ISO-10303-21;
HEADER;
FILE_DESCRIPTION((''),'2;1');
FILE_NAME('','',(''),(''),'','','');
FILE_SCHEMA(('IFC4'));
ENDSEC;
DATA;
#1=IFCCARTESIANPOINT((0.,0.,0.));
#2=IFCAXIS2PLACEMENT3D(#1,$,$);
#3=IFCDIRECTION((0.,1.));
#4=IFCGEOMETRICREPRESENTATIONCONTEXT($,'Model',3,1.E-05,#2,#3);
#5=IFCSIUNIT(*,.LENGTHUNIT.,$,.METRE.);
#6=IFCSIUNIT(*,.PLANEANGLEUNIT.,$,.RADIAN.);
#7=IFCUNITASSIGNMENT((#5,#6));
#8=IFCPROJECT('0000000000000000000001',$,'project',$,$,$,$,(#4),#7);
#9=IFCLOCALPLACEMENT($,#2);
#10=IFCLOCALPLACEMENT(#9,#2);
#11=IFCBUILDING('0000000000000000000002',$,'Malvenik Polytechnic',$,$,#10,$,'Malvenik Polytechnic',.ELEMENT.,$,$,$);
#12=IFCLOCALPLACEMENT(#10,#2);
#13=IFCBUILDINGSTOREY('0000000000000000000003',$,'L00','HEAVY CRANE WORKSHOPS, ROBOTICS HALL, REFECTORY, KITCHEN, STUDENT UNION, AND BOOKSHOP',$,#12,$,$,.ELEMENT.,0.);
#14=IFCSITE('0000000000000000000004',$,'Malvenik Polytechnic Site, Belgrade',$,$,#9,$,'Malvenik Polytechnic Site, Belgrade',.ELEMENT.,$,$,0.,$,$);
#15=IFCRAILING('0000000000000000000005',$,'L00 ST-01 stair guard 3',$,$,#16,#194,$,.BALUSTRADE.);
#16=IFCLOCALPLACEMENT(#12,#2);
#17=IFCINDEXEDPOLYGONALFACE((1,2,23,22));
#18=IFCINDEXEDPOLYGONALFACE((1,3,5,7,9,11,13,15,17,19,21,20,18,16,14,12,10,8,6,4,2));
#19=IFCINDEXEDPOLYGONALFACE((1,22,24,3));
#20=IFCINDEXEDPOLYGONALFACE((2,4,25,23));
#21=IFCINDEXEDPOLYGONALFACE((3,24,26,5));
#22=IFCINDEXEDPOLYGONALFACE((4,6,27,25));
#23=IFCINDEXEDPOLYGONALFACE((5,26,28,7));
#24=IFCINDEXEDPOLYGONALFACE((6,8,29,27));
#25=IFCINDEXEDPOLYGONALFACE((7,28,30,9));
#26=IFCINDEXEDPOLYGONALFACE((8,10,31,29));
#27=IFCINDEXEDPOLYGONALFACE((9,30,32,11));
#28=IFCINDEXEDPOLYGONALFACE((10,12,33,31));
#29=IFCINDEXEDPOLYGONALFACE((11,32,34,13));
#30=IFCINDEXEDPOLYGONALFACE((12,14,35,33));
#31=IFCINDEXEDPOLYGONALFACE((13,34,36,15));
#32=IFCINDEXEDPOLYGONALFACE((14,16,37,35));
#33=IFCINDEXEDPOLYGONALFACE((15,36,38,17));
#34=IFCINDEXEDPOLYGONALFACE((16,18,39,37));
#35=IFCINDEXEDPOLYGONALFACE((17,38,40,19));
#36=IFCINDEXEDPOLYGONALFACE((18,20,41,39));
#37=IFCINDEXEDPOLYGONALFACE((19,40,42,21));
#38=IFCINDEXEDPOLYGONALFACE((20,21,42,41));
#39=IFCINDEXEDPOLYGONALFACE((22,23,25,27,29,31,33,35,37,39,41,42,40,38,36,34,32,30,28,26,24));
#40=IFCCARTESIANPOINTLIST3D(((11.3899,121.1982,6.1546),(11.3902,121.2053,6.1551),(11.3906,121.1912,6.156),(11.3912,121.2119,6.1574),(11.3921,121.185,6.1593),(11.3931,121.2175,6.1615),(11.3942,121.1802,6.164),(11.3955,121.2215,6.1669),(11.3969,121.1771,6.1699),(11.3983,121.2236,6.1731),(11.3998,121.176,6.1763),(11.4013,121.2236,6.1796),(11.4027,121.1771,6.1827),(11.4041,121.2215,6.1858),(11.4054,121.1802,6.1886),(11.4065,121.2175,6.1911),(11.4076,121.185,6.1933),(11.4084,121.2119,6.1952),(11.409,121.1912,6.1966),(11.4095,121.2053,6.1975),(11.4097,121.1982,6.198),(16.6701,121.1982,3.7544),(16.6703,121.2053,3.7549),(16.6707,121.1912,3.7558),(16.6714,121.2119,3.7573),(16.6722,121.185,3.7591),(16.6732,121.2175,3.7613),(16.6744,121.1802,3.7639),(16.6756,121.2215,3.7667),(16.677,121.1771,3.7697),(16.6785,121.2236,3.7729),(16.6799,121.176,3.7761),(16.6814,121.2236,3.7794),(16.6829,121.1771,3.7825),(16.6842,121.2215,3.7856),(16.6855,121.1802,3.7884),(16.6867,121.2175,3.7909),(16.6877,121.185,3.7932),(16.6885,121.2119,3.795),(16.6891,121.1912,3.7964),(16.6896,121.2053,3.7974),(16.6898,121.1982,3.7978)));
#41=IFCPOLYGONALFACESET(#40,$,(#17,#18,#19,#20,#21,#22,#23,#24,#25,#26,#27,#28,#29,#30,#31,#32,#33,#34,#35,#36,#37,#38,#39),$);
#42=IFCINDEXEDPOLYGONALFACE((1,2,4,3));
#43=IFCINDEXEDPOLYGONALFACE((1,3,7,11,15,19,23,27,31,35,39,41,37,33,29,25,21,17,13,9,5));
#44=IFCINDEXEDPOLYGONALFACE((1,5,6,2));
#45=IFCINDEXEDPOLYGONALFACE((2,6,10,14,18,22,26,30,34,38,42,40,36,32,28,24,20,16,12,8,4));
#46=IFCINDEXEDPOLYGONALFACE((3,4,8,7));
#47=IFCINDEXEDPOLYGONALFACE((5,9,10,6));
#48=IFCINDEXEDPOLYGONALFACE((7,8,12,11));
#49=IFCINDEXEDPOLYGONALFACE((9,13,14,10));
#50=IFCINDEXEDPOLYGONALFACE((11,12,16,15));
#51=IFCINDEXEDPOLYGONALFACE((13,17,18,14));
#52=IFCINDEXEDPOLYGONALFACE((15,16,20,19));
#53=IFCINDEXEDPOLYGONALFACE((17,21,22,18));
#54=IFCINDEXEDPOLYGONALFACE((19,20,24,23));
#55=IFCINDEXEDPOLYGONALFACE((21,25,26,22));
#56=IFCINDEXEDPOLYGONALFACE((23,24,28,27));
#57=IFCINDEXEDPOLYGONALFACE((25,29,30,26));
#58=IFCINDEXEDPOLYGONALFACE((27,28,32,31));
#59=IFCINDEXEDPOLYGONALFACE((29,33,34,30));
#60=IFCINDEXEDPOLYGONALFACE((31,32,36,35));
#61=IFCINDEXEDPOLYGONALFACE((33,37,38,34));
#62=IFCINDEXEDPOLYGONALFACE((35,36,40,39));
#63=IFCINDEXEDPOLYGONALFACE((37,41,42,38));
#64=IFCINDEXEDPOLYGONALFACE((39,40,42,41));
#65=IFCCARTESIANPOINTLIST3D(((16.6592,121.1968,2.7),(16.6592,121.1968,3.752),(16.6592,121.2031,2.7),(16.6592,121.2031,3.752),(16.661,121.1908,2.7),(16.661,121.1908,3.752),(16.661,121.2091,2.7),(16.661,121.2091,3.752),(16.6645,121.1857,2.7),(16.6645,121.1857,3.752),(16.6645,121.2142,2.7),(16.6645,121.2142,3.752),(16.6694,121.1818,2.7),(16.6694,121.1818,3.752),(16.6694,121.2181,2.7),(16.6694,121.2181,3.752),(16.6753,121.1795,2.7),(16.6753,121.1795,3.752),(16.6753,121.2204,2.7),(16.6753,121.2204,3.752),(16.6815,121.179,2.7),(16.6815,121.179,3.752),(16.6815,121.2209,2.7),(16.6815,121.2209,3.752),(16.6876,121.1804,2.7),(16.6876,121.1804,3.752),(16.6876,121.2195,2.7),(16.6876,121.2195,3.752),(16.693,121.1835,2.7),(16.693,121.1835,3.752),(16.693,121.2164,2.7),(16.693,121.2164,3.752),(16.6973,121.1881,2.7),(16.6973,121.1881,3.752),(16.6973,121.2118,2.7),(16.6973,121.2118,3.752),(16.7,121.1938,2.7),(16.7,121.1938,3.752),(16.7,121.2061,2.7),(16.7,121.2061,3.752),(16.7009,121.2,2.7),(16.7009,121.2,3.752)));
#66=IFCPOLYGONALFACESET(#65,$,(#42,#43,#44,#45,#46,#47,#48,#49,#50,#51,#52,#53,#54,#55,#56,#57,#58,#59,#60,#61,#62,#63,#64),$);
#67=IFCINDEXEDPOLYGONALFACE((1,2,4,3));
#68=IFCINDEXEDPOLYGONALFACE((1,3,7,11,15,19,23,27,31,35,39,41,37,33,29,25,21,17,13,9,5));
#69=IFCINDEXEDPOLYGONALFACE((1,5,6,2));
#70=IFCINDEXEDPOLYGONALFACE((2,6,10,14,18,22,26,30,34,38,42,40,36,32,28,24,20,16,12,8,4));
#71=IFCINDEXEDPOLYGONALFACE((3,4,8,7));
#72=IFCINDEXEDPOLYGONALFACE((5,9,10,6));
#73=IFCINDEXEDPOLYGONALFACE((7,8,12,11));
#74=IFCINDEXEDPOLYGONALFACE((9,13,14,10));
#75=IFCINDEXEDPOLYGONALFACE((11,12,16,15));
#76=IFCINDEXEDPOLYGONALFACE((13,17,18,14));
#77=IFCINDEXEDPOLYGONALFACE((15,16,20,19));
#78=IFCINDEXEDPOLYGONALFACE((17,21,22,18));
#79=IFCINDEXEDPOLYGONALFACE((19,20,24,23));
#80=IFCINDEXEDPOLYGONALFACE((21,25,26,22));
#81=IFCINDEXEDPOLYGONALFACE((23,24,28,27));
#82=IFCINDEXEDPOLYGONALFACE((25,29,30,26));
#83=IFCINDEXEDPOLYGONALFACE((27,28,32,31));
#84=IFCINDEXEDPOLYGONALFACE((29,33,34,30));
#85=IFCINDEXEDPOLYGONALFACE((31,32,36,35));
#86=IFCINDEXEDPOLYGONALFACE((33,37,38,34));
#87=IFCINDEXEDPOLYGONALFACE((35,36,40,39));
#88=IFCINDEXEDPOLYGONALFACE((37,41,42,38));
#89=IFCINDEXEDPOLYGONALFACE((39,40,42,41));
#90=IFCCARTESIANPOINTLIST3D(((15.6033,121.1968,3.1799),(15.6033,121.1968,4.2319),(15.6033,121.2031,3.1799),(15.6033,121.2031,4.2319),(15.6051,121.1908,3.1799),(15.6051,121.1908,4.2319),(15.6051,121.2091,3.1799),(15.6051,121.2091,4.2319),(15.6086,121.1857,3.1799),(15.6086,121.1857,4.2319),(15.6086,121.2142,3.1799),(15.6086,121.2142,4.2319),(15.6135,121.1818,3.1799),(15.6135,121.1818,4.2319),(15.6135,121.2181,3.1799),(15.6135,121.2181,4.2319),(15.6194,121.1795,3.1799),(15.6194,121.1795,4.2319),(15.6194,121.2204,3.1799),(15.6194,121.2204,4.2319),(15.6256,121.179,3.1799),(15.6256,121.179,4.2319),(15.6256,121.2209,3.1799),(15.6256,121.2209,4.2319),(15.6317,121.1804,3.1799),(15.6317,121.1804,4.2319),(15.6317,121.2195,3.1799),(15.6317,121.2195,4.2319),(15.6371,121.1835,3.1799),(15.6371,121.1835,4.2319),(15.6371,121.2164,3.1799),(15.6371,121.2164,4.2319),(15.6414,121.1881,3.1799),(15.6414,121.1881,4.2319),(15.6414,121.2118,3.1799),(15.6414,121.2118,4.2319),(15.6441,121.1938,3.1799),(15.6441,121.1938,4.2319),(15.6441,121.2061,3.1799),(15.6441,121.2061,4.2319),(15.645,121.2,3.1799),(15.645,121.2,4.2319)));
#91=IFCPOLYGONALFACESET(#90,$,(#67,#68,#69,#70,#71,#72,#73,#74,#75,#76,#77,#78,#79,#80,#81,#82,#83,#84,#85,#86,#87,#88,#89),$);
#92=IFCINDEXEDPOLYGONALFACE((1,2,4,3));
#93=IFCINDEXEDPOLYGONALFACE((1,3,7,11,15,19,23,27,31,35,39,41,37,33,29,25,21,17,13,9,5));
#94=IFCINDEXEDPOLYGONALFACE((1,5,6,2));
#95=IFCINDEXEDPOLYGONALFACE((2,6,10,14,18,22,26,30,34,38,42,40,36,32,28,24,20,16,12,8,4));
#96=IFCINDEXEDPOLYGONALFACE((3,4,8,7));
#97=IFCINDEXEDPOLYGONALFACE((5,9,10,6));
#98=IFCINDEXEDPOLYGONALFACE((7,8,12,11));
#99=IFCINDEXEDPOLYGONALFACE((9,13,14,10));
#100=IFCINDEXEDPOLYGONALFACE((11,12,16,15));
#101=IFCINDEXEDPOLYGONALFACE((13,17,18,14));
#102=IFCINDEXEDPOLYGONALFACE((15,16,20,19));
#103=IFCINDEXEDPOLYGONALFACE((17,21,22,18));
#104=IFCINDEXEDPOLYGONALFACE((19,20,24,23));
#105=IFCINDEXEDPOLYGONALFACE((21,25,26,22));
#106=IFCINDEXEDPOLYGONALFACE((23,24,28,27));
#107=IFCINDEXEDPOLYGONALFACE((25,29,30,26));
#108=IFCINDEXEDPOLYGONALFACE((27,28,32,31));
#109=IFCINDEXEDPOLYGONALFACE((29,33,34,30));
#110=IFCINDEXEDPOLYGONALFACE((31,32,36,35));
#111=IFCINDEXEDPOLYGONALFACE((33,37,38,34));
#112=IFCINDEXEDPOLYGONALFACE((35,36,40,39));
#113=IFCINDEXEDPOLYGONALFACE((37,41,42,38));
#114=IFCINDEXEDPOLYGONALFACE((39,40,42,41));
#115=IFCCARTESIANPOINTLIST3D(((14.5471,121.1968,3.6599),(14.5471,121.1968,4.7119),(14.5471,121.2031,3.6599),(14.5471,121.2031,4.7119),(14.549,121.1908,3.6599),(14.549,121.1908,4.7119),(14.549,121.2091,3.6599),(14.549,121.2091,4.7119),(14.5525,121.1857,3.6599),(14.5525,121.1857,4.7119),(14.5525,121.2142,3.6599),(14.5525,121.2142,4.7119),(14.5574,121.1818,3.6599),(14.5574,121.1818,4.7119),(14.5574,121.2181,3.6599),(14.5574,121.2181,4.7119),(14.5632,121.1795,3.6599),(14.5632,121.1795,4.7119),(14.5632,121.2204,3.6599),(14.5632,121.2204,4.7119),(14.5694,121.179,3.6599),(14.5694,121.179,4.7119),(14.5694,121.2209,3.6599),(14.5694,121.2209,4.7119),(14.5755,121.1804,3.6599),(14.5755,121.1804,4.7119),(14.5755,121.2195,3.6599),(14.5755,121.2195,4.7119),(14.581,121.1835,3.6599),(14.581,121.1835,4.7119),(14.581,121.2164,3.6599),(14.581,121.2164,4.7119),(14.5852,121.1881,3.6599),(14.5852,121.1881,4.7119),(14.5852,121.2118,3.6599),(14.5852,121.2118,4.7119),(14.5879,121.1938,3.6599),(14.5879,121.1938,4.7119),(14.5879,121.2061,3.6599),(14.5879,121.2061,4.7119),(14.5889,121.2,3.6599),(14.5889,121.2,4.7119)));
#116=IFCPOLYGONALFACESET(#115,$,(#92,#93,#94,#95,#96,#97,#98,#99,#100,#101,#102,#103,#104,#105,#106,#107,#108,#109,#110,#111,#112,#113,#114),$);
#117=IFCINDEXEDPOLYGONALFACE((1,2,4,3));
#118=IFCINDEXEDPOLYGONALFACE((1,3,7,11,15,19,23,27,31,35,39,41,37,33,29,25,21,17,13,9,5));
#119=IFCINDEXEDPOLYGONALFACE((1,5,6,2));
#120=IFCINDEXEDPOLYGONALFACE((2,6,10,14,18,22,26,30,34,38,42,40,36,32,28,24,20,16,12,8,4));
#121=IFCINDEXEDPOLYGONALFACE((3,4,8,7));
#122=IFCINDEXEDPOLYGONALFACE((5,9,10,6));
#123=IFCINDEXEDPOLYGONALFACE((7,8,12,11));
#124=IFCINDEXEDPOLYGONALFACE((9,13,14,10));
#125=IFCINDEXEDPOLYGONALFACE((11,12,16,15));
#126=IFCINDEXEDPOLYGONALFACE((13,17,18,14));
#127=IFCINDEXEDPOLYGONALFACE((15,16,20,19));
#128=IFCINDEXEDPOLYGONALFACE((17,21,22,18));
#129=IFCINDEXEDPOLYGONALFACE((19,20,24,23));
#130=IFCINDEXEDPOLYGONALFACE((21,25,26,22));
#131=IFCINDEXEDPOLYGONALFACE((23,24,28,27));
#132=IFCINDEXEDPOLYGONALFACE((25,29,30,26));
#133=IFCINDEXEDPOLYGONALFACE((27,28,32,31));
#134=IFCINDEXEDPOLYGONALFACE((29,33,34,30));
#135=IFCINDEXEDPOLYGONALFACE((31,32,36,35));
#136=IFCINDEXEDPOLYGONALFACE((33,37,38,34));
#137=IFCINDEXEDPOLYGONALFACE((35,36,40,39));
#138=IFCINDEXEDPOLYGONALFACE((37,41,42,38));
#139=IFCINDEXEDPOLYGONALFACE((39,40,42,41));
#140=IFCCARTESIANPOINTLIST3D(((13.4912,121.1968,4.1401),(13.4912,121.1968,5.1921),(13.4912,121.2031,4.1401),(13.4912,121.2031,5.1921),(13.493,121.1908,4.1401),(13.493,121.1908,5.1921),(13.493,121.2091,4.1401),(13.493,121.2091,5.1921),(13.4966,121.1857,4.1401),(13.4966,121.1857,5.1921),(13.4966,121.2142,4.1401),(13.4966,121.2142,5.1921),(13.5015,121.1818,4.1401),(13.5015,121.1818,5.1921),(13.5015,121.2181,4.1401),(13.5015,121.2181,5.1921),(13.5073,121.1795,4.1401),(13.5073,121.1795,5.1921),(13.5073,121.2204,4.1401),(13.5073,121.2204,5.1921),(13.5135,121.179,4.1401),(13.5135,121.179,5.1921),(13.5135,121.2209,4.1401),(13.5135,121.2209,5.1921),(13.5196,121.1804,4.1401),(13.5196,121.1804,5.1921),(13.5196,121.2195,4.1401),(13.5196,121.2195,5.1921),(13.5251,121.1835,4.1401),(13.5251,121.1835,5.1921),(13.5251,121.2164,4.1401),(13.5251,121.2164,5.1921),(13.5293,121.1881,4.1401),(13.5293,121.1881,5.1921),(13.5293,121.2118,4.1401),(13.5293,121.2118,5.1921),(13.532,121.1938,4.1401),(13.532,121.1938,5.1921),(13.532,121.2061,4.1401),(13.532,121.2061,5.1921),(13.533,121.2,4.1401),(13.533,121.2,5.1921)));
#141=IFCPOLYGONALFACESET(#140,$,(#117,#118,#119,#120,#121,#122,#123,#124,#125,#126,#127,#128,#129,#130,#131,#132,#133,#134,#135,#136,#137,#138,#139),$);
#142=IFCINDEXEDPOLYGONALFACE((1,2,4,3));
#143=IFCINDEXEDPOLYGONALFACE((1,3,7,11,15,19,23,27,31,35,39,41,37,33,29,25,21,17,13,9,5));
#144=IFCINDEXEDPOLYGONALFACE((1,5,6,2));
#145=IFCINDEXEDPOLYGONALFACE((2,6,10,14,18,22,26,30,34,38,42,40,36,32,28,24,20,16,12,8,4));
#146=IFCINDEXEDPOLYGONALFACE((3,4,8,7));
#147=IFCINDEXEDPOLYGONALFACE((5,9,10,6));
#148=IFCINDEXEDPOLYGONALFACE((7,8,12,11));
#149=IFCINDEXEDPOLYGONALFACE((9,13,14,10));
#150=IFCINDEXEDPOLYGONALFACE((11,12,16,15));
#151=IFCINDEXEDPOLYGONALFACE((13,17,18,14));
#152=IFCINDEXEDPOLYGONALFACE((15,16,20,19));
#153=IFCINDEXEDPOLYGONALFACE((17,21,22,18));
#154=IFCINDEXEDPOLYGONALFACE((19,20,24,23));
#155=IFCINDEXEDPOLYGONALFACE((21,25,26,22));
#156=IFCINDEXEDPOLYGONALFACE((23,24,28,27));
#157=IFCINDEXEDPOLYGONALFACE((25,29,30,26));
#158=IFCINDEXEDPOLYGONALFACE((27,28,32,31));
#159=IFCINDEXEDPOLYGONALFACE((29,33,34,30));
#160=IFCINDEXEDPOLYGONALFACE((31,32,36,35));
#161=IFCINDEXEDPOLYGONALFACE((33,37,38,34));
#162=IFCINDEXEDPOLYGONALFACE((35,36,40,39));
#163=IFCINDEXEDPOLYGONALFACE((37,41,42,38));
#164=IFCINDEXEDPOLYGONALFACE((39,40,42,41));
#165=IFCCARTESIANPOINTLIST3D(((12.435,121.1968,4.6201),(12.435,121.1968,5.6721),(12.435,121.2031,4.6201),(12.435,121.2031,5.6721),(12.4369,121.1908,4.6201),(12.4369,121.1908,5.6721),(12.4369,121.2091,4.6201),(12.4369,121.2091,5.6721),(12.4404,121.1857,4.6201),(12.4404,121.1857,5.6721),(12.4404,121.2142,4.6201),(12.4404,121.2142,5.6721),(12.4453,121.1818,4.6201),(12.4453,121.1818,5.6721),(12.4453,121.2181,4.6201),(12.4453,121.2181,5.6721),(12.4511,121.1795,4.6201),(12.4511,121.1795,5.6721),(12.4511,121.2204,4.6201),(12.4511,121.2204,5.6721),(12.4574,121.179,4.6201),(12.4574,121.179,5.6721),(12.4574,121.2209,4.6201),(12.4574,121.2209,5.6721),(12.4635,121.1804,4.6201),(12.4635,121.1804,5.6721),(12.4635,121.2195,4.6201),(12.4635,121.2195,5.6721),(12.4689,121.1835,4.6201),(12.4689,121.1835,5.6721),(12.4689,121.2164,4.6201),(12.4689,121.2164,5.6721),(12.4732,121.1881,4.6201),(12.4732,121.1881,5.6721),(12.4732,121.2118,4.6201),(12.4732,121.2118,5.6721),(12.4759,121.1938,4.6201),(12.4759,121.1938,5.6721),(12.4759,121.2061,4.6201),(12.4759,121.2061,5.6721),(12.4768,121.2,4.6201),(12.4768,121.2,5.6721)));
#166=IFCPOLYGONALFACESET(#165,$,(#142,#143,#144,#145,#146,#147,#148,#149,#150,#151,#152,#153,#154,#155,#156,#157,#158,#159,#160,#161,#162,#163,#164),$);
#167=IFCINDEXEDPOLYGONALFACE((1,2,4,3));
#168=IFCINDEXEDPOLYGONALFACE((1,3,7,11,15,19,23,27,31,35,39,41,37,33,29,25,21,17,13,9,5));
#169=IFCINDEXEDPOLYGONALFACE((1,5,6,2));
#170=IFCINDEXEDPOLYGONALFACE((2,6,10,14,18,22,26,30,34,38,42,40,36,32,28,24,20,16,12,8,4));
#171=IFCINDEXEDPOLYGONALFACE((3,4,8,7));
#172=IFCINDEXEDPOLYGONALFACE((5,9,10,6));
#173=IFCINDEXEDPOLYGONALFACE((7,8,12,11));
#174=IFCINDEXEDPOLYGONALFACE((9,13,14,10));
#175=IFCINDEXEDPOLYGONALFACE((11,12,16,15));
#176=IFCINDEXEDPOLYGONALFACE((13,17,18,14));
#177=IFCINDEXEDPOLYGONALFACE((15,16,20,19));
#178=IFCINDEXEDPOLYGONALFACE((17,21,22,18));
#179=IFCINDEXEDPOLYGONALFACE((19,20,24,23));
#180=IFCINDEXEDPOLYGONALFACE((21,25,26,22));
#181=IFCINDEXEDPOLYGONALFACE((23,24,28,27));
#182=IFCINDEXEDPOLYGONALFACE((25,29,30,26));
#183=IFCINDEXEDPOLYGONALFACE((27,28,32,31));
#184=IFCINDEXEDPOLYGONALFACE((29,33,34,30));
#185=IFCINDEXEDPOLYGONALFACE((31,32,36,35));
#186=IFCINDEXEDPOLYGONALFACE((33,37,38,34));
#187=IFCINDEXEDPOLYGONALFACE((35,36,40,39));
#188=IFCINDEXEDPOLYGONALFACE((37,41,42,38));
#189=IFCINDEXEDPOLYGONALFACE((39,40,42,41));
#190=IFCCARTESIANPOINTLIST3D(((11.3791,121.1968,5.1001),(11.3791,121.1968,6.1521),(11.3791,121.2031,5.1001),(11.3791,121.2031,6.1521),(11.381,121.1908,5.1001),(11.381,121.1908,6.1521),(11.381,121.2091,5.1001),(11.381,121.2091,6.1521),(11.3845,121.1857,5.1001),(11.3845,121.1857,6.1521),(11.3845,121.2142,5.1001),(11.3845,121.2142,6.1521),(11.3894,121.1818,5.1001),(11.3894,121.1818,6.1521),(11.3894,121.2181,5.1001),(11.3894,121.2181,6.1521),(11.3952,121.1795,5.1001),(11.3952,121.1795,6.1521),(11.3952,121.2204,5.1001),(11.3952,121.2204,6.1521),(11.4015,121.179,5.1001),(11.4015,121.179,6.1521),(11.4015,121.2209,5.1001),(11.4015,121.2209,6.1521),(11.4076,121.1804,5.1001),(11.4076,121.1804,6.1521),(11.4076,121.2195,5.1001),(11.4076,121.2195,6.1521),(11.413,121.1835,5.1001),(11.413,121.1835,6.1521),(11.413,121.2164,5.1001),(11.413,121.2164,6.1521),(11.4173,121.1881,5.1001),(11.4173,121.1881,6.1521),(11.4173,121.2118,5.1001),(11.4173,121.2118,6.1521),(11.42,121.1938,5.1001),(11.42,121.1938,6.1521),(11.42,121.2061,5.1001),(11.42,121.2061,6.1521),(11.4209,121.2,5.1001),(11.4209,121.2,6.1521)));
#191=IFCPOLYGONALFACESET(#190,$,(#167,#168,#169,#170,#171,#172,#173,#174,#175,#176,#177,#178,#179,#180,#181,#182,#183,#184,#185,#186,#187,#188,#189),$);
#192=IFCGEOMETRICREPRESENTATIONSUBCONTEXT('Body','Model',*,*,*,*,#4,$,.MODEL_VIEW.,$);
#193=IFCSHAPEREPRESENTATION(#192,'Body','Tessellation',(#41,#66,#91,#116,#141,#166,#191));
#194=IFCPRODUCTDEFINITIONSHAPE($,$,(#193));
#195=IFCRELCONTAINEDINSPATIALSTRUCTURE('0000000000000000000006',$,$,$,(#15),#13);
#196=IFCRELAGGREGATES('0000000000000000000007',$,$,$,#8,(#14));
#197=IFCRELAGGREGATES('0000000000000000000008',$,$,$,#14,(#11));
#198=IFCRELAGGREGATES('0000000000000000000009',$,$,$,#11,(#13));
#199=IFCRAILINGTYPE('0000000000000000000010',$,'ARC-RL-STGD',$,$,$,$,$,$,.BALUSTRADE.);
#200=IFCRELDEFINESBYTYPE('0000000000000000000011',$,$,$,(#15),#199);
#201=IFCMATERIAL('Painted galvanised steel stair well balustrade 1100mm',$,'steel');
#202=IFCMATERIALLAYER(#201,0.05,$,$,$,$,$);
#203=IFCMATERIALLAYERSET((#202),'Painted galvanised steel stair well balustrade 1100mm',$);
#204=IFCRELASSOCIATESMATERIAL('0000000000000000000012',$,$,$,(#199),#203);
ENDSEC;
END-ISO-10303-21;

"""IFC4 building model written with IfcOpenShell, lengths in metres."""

from ifc_helpers import new_model, si_unit, direction, frame, origin, origin_2d, place, context, subcontext, project, spatial, circle, extrude, material, layer, layer_set, type_object, element, save


model = new_model("IFC4")

# Units and contexts
model_context = context("Model", 3, precision=1e-05, world=origin(), true_north=direction((0.0, 1.0)))
body_context = subcontext(model_context, "Body", "Model", "MODEL_VIEW")
ifc_project = project(units=[si_unit("LENGTHUNIT", "METRE"), si_unit("PLANEANGLEUNIT", "RADIAN")], contexts=[model_context])

# Site, building, storey
site_placement = place(None, origin())
site = spatial("IfcSite", under=ifc_project, at=site_placement, Name="Malvenik Polytechnic Site, Belgrade", LongName="Malvenik Polytechnic Site, Belgrade", CompositionType="ELEMENT", RefElevation=0.0)
building_placement = place(site_placement, origin())
building = spatial("IfcBuilding", under=site, at=building_placement, Name="Malvenik Polytechnic", LongName="Malvenik Polytechnic", CompositionType="ELEMENT")
storey_placement = place(building_placement, origin())
storey = spatial("IfcBuildingStorey", under=building, at=storey_placement, Name="L00", Description="HEAVY CRANE WORKSHOPS, ROBOTICS HALL, REFECTORY, KITCHEN, STUDENT UNION, AND BOOKSHOP", CompositionType="ELEMENT", Elevation=0.0)

# Railing
ifc_material_1 = material(Name="Painted galvanised steel stair well balustrade 1100mm", Category="steel")
ifc_layer_1 = layer(ifc_material_1, 0.05)
ifc_layer_set_1 = layer_set([ifc_layer_1], Name="Painted galvanised steel stair well balustrade 1100mm")
railing_type_1 = type_object("IfcRailingType", Name="ARC-RL-STGD", PredefinedType="BALUSTRADE", material=ifc_layer_set_1)
railing_1_placement = place(storey_placement, frame((16.6799, 121.2, 2.7)))
element("IfcRailing", 1, at=railing_1_placement, inside=storey, type_object=railing_type_1, Name="L00 ST-01 stair guard 3", PredefinedType="BALUSTRADE", context=body_context, shape_type="SweptSolid", body=[
    extrude(circle(Radius=0.0239, at=origin_2d()), frame((0.0, 0.0, 1.0762), z_axis=(-0.910358, 0.0, 0.413822), x_axis=(0.0, -1.0, 0.0)), (0.0, 0.0, 1.0), 5.8),
    extrude(circle(Radius=0.021, at=origin_2d()), origin(), (0.0, 0.0, 1.0), 1.052),
    extrude(circle(Radius=0.021, at=origin_2d()), frame((-1.0559, 0.0, 0.48)), (0.0, 0.0, 1.0), 1.052),
    extrude(circle(Radius=0.021, at=origin_2d()), frame((-2.1121, 0.0, 0.96)), (0.0, 0.0, 1.0), 1.052),
    extrude(circle(Radius=0.021, at=origin_2d()), frame((-3.168, 0.0, 1.4402)), (0.0, 0.0, 1.0), 1.052),
    extrude(circle(Radius=0.021, at=origin_2d()), frame((-4.2241, 0.0, 1.9202)), (0.0, 0.0, 1.0), 1.052),
    extrude(circle(Radius=0.021, at=origin_2d()), frame((-5.28, 0.0, 2.4001)), (0.0, 0.0, 1.0), 1.052),
])

save(model, "model.ifc")
